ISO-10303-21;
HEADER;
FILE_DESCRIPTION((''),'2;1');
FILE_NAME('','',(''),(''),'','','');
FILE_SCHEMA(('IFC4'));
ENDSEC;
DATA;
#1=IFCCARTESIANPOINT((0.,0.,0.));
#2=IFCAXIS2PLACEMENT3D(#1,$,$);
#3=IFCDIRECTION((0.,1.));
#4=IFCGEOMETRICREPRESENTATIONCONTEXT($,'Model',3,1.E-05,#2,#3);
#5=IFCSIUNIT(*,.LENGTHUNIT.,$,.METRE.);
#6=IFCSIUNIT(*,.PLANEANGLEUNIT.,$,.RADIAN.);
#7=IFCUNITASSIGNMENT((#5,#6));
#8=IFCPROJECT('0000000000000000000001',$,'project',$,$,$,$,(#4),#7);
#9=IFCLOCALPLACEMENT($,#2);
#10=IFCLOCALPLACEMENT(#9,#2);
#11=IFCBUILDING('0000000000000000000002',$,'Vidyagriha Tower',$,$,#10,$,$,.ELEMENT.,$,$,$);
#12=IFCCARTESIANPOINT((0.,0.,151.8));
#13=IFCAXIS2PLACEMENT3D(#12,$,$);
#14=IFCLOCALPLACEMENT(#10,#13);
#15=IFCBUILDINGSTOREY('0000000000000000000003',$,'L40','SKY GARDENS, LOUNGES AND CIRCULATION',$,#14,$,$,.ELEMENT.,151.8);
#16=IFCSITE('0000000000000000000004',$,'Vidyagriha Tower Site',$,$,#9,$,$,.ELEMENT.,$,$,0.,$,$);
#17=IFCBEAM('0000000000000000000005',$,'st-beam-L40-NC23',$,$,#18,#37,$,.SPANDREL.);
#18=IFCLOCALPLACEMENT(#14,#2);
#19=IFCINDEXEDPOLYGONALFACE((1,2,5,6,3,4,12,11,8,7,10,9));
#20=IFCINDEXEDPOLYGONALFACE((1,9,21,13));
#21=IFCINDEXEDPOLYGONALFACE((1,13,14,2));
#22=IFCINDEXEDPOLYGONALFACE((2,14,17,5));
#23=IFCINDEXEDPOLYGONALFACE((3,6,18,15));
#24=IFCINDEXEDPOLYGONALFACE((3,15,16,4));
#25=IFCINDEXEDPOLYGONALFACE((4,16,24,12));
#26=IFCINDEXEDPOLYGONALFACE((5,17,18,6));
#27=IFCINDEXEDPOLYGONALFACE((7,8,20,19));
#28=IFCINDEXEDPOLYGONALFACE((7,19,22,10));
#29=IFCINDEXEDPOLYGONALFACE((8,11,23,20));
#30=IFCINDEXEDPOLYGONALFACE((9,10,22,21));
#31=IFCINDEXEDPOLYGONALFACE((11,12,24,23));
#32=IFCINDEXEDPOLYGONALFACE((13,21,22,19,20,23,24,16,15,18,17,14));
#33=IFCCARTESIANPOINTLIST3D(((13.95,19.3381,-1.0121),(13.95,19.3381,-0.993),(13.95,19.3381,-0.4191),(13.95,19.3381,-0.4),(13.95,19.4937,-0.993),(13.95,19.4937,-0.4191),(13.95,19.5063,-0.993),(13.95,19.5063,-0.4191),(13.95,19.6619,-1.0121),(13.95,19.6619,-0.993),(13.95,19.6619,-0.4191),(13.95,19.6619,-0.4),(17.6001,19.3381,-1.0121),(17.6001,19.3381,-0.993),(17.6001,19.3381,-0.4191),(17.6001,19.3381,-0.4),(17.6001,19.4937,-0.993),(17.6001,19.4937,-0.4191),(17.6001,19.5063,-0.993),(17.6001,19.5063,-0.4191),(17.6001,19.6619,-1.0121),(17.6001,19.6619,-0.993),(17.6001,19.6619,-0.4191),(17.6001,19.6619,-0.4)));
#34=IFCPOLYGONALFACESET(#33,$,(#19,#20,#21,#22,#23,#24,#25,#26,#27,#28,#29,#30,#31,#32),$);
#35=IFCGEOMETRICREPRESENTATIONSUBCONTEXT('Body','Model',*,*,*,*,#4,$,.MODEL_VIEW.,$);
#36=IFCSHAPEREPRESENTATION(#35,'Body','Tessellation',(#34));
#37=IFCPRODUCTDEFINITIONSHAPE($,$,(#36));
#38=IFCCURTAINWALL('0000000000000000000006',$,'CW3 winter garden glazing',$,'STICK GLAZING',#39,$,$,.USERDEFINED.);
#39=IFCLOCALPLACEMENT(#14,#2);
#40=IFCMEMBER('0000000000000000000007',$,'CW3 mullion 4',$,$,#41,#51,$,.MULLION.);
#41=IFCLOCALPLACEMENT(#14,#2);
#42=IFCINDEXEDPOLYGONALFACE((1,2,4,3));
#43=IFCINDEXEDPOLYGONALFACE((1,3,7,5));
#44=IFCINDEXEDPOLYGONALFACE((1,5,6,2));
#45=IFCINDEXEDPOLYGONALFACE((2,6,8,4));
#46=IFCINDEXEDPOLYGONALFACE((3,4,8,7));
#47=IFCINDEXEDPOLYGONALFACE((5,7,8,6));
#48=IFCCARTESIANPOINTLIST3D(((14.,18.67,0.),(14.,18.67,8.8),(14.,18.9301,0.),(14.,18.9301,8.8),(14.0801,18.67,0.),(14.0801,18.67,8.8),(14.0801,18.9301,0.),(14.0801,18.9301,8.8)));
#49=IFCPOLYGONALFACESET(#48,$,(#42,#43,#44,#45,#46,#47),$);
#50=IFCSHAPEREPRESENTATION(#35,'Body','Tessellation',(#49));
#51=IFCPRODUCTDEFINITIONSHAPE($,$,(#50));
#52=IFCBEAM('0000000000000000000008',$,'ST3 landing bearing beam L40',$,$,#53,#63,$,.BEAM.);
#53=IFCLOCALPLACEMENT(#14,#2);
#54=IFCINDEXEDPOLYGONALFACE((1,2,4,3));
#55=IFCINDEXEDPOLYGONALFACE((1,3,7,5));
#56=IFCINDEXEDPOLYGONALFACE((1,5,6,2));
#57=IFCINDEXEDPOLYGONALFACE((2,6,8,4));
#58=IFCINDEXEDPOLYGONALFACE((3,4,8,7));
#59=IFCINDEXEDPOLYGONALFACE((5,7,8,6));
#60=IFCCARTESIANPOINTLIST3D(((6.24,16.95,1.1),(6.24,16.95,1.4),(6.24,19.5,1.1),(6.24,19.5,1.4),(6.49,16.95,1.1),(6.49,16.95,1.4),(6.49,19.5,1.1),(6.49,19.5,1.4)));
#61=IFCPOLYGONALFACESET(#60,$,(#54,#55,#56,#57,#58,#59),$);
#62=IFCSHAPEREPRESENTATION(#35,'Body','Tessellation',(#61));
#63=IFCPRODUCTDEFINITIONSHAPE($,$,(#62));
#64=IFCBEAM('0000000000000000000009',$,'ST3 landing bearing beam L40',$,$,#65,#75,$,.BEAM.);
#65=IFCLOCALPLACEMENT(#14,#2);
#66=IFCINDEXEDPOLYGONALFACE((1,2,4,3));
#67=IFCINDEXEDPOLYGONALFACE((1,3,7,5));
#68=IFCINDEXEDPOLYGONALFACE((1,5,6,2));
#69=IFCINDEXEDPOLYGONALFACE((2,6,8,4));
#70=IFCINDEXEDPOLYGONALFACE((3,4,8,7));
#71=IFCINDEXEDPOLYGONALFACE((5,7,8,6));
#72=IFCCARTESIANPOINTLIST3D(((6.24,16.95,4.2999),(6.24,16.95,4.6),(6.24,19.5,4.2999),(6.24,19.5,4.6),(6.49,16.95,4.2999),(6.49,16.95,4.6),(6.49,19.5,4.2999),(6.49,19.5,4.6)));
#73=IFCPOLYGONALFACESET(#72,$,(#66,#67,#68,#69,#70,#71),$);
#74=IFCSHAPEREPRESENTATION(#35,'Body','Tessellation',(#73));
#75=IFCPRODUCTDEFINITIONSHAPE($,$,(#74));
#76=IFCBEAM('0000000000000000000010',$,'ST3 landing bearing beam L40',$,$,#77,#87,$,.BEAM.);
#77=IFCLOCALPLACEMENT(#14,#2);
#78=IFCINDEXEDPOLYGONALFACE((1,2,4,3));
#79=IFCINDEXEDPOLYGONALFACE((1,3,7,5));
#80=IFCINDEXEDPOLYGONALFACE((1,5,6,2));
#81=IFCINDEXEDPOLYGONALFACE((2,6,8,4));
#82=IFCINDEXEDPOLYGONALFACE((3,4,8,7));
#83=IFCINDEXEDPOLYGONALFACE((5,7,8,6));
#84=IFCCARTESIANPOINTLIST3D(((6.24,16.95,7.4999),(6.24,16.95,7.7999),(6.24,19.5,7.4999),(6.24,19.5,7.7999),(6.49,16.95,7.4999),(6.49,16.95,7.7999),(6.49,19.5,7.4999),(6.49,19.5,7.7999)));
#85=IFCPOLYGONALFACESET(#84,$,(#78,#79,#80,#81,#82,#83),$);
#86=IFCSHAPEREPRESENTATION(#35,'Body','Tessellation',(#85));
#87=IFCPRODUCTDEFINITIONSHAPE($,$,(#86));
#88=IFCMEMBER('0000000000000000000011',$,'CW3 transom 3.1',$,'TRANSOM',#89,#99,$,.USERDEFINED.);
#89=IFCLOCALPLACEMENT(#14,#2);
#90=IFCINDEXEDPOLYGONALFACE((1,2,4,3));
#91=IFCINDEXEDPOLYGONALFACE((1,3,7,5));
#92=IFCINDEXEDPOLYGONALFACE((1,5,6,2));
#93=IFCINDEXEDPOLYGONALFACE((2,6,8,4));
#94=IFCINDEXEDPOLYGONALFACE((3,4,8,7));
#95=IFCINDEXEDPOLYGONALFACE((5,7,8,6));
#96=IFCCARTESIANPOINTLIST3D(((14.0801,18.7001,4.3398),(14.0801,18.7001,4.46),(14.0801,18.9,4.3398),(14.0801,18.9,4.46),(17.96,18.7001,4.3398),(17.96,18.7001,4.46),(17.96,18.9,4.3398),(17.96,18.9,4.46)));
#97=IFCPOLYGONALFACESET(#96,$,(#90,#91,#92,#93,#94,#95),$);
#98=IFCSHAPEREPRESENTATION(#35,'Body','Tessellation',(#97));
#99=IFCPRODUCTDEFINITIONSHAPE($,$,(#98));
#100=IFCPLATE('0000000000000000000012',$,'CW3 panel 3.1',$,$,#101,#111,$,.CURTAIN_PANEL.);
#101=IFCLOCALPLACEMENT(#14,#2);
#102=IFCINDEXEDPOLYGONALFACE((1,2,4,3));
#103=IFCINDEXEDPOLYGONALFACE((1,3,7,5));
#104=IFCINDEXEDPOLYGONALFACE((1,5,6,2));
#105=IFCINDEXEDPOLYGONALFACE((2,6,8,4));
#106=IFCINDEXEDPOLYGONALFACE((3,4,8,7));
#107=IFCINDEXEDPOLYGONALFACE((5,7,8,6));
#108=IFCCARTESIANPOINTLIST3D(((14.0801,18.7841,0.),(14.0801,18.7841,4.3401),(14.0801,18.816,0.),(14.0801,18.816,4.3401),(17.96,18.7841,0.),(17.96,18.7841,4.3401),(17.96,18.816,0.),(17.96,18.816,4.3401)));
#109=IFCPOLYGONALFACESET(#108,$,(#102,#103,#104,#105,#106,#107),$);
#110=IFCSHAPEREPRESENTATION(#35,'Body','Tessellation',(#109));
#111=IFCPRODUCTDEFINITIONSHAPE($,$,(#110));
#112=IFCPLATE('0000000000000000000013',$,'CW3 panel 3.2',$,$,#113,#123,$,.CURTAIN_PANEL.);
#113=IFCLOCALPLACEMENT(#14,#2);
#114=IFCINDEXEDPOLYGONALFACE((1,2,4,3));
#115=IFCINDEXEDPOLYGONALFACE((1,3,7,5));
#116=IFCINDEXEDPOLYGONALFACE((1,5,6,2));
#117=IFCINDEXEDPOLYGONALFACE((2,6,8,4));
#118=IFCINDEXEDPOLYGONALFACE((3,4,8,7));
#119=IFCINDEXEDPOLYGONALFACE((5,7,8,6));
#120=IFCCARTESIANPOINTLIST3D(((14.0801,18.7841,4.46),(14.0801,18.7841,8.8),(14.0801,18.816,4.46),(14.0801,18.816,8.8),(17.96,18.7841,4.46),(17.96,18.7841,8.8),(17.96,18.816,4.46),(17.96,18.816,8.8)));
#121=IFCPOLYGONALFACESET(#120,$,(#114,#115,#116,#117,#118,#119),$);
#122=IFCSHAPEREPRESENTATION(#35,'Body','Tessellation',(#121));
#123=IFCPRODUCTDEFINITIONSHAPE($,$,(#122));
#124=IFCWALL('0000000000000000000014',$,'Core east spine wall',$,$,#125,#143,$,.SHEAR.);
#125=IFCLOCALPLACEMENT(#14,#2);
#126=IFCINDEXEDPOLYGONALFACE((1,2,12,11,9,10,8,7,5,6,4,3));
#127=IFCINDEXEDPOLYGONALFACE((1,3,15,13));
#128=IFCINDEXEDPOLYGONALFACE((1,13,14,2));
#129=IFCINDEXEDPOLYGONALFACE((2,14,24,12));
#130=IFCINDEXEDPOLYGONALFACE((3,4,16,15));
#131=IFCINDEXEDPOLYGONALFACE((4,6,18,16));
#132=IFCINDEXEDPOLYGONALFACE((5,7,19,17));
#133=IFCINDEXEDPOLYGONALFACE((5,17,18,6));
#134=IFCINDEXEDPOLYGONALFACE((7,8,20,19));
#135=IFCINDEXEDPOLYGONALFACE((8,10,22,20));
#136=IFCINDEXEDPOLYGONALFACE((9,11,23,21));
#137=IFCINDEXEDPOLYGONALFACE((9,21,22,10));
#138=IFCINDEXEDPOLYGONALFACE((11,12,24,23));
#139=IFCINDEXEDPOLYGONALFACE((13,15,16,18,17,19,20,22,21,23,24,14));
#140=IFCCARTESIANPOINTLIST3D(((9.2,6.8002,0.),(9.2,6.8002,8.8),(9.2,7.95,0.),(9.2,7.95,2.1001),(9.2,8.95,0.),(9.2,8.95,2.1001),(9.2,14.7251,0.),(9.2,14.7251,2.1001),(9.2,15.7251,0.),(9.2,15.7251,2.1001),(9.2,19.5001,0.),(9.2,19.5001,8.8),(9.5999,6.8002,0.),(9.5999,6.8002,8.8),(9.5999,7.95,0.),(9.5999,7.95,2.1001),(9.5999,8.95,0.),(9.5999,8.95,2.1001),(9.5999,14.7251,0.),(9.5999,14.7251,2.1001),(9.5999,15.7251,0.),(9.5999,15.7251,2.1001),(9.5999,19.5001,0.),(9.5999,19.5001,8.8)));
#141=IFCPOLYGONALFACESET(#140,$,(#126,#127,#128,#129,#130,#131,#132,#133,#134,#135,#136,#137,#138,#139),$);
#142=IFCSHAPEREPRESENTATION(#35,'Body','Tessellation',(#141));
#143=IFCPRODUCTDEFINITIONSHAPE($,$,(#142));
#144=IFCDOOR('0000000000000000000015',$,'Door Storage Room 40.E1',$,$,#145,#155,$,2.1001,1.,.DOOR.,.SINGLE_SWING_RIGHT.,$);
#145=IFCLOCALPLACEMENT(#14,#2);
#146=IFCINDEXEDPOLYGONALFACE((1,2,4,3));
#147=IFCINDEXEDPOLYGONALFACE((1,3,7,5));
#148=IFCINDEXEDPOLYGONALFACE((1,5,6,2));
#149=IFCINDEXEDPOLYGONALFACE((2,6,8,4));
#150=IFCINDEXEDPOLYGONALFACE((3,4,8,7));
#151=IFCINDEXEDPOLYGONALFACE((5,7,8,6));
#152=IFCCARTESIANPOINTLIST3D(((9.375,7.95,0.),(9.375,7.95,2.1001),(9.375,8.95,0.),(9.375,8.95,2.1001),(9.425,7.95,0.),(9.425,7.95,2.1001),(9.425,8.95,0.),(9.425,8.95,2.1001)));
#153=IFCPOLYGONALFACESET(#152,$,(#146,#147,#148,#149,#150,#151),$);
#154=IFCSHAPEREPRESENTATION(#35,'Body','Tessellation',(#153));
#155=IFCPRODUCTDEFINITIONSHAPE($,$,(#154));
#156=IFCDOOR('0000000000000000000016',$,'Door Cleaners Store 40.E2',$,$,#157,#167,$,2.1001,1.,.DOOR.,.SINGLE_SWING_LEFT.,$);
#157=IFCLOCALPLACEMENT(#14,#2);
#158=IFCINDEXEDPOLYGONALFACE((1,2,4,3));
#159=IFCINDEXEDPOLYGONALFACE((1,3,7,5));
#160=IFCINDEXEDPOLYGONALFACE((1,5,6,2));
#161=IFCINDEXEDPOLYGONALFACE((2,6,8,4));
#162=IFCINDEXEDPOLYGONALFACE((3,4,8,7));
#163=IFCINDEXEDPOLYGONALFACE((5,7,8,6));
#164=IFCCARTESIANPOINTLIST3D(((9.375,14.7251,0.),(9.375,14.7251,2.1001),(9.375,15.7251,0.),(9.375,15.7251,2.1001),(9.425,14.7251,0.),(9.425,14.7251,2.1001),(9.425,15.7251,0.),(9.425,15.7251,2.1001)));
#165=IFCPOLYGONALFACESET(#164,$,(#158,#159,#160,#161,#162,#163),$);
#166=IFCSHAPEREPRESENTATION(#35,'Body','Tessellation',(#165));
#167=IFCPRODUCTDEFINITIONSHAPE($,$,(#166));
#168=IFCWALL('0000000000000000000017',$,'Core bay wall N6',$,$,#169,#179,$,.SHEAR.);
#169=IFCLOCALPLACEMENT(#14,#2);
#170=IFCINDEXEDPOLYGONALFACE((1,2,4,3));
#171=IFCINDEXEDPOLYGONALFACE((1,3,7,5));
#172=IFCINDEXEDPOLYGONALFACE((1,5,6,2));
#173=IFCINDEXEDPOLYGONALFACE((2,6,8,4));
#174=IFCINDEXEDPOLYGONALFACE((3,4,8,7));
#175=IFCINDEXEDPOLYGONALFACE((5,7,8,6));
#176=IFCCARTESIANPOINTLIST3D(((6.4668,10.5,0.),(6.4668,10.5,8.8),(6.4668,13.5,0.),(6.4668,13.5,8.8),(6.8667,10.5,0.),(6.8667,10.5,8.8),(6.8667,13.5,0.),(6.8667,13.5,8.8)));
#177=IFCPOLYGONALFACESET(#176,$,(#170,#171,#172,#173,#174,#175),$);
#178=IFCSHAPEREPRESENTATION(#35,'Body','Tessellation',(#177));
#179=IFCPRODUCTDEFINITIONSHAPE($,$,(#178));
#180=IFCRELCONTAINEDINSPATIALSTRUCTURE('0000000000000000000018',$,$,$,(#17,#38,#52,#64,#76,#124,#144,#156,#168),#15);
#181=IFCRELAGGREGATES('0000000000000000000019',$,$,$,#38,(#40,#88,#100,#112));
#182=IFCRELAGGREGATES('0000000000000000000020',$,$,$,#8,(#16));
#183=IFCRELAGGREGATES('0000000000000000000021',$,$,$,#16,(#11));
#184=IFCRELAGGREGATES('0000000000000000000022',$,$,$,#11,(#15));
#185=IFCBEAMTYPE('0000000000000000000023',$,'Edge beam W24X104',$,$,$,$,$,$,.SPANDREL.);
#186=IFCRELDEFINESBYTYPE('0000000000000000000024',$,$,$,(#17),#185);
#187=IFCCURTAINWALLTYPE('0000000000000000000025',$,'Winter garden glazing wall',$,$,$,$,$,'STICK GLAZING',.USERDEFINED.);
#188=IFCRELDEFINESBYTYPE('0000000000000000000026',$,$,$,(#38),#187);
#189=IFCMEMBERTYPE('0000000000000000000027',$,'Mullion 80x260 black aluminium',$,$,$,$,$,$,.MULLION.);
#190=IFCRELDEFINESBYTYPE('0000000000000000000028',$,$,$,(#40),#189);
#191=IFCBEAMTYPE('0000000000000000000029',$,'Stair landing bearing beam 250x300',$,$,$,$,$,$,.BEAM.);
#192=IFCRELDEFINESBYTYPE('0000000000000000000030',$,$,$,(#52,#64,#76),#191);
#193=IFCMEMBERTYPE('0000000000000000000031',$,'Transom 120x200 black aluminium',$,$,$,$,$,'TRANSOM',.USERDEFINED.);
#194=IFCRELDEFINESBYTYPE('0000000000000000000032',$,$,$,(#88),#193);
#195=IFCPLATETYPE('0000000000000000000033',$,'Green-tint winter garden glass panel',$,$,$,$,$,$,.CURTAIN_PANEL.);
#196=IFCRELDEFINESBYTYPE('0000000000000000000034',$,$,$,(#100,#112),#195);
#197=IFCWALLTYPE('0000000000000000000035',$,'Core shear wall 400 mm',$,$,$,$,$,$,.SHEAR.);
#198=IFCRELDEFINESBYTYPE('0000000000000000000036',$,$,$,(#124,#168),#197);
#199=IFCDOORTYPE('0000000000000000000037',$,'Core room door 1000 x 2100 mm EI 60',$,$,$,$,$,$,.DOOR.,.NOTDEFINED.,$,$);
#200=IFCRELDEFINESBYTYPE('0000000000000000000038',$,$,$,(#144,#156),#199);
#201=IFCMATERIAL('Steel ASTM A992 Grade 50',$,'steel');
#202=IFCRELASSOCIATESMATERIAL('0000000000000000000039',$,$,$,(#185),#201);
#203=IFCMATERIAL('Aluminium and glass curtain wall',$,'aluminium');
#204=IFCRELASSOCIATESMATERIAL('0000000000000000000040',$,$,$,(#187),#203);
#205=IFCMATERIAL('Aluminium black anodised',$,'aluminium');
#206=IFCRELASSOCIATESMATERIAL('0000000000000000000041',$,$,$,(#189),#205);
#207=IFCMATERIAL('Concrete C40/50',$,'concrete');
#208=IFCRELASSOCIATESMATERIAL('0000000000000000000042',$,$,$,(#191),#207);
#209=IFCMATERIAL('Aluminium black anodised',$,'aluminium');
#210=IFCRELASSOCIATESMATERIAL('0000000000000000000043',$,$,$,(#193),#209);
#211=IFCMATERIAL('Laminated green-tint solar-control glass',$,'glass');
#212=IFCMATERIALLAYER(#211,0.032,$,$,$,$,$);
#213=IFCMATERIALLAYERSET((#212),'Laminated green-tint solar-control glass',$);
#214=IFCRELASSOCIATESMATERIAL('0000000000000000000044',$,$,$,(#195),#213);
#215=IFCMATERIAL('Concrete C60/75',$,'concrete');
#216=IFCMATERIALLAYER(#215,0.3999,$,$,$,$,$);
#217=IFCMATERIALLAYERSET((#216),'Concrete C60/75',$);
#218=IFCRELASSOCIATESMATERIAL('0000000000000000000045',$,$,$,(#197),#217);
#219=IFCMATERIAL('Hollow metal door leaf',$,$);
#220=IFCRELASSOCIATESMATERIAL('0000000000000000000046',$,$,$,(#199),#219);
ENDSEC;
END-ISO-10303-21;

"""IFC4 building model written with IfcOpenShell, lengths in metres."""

from ifc_helpers import new_model, si_unit, direction, frame, frame_2d, origin, origin_2d, place, context, subcontext, project, spatial, rectangle, i_section, extrude, material, layer, layer_set, material_profile, profile_set, type_object, element, fill, aggregate, save


model = new_model("IFC4")

# Units and contexts
model_context = context("Model", 3, precision=1e-05, world=origin(), true_north=direction((0.0, 1.0)))
body_context = subcontext(model_context, "Body", "Model", "MODEL_VIEW")
ifc_project = project(units=[si_unit("LENGTHUNIT", "METRE"), si_unit("PLANEANGLEUNIT", "RADIAN")], contexts=[model_context])

# Site, building, storey
site_placement = place(None, origin())
site = spatial("IfcSite", under=ifc_project, at=site_placement, Name="Vidyagriha Tower Site", CompositionType="ELEMENT", RefElevation=0.0)
building_placement = place(site_placement, origin())
building = spatial("IfcBuilding", under=site, at=building_placement, Name="Vidyagriha Tower", CompositionType="ELEMENT")
storey_placement = place(building_placement, frame((0.0, 0.0, 151.8)))
storey = spatial("IfcBuildingStorey", under=building, at=storey_placement, Name="L40", Description="SKY GARDENS, LOUNGES AND CIRCULATION", CompositionType="ELEMENT", Elevation=151.8)

# Beam
ifc_material_1 = material(Name="Steel ASTM A992 Grade 50", Category="steel")
ifc_material_profile_1 = material_profile(ifc_material_1, i_section(OverallWidth=0.3237, OverallDepth=0.6121, WebThickness=0.0127, FlangeThickness=0.019, at=origin_2d()), Name="W24X104")
ifc_profile_set_1 = profile_set([ifc_material_profile_1], Name="Steel ASTM A992 Grade 50")
beam_type_1 = type_object("IfcBeamType", Name="Edge beam W24X104", PredefinedType="SPANDREL", material=ifc_profile_set_1)
beam_placement = place(storey_placement, frame((13.95, 19.5, -0.7061), z_axis=(1.0, 0.0, 0.0), x_axis=(0.0, 1.0, 0.0)))
element("IfcBeam", 1, at=beam_placement, inside=storey, type_object=beam_type_1, Name="st-beam-L40-NC23", PredefinedType="SPANDREL", context=body_context, shape_type="SweptSolid", body=[
    extrude(i_section(OverallWidth=0.3237, OverallDepth=0.6121, WebThickness=0.0127, FlangeThickness=0.019, at=origin_2d()), origin(), (0.0, 0.0, 1.0), 3.6501),
])

# Curtain wall, member
ifc_material_2 = material(Name="Aluminium and glass curtain wall", Category="aluminium")
curtain_wall_type = type_object("IfcCurtainWallType", Name="Winter garden glazing wall", ElementType="STICK GLAZING", PredefinedType="USERDEFINED", material=ifc_material_2)
curtain_wall_placement = place(storey_placement, origin())
curtain_wall = element("IfcCurtainWall", 2, at=curtain_wall_placement, inside=storey, type_object=curtain_wall_type, Name="CW3 winter garden glazing", ObjectType="STICK GLAZING", PredefinedType="USERDEFINED")
ifc_material_3 = material(Name="Aluminium black anodised", Category="aluminium")
ifc_material_profile_2 = material_profile(ifc_material_3, rectangle(XDim=0.26, YDim=0.0801, at=origin_2d()), Name="Mullion 80x260 black aluminium")
ifc_profile_set_2 = profile_set([ifc_material_profile_2], Name="Aluminium black anodised")
member_type_1 = type_object("IfcMemberType", Name="Mullion 80x260 black aluminium", PredefinedType="MULLION", material=ifc_profile_set_2)
member_1_placement = place(storey_placement, frame((14.04, 18.8, 0.0), z_axis=(0.0, 0.0, 1.0), x_axis=(0.0, -1.0, 0.0)))
member_1 = element("IfcMember", 3, at=member_1_placement, type_object=member_type_1, Name="CW3 mullion 4", PredefinedType="MULLION", context=body_context, shape_type="SweptSolid", body=[
    extrude(rectangle(XDim=0.26, YDim=0.0801, at=origin_2d()), origin(), (0.0, 0.0, 1.0), 8.8),
])

# Beams
ifc_material_4 = material(Name="Concrete C40/50", Category="concrete")
ifc_material_profile_3 = material_profile(ifc_material_4, rectangle(XDim=0.25, YDim=0.3, at=origin_2d()), Name="Stair landing bearing beam 250x300")
ifc_profile_set_3 = profile_set([ifc_material_profile_3], Name="Concrete C40/50")
beam_type_2 = type_object("IfcBeamType", Name="Stair landing bearing beam 250x300", PredefinedType="BEAM", material=ifc_profile_set_3)
for number, where, z_axis, x_axis, name in (
    (4, (6.365, 16.95, 1.25), (0.0, 1.0, 0.0), (-1.0, 0.0, 0.0), "ST3 landing bearing beam L40"),
    (5, (6.365, 16.95, 4.45), (0.0, 1.0, 0.0), (-1.0, 0.0, 0.0), "ST3 landing bearing beam L40"),
    (6, (6.365, 16.95, 7.6499), (0.0, 1.0, 0.0), (-1.0, 0.0, 0.0), "ST3 landing bearing beam L40"),
):
    element("IfcBeam", number, at=place(storey_placement, frame(where, z_axis=z_axis, x_axis=x_axis)), inside=storey, type_object=beam_type_2, Name=name, PredefinedType="BEAM", context=body_context, shape_type="SweptSolid", body=[
        extrude(rectangle(XDim=0.25, YDim=0.3, at=origin_2d()), origin(), (0.0, 0.0, 1.0), 2.55),
    ])

# Member
ifc_material_5 = material(Name="Aluminium black anodised", Category="aluminium")
ifc_material_profile_4 = material_profile(ifc_material_5, rectangle(XDim=0.2, YDim=0.1201, at=origin_2d()), Name="Transom 120x200 black aluminium")
ifc_profile_set_4 = profile_set([ifc_material_profile_4], Name="Aluminium black anodised")
member_type_2 = type_object("IfcMemberType", Name="Transom 120x200 black aluminium", ElementType="TRANSOM", PredefinedType="USERDEFINED", material=ifc_profile_set_4)
member_2_placement = place(storey_placement, frame((17.96, 18.8, 4.3999), z_axis=(-1.0, 0.0, 0.0), x_axis=(0.0, -1.0, 0.0)))
member_2 = element("IfcMember", 7, at=member_2_placement, type_object=member_type_2, Name="CW3 transom 3.1", ObjectType="TRANSOM", PredefinedType="USERDEFINED", context=body_context, shape_type="SweptSolid", body=[
    extrude(rectangle(XDim=0.2, YDim=0.1201, at=origin_2d()), origin(), (0.0, 0.0, 1.0), 3.8799),
])

# Plates
ifc_material_6 = material(Name="Laminated green-tint solar-control glass", Category="glass")
ifc_layer_1 = layer(ifc_material_6, 0.032)
ifc_layer_set_1 = layer_set([ifc_layer_1], Name="Laminated green-tint solar-control glass")
plate_type = type_object("IfcPlateType", Name="Green-tint winter garden glass panel", PredefinedType="CURTAIN_PANEL", material=ifc_layer_set_1)
plate_1_placement = place(storey_placement, frame((16.02, 18.8, 0.0), z_axis=(0.0, 0.0, 1.0), x_axis=(-1.0, 0.0, 0.0)))
plate_1 = element("IfcPlate", 8, at=plate_1_placement, type_object=plate_type, Name="CW3 panel 3.1", PredefinedType="CURTAIN_PANEL", context=body_context, shape_type="SweptSolid", body=[
    extrude(rectangle(XDim=3.8799, YDim=0.032, at=origin_2d()), origin(), (0.0, 0.0, 1.0), 4.3401),
])
plate_2_placement = place(storey_placement, frame((16.02, 18.8, 4.46), z_axis=(0.0, 0.0, 1.0), x_axis=(-1.0, 0.0, 0.0)))
plate_2 = element("IfcPlate", 9, at=plate_2_placement, type_object=plate_type, Name="CW3 panel 3.2", PredefinedType="CURTAIN_PANEL", context=body_context, shape_type="SweptSolid", body=[
    extrude(rectangle(XDim=3.8799, YDim=0.032, at=origin_2d()), origin(), (0.0, 0.0, 1.0), 4.3401),
])
aggregate(curtain_wall, [member_1, member_2, plate_1, plate_2])

# Wall, openings, doors
ifc_material_7 = material(Name="Concrete C60/75", Category="concrete")
ifc_layer_2 = layer(ifc_material_7, 0.3999)
ifc_layer_set_2 = layer_set([ifc_layer_2], Name="Concrete C60/75")
wall_type_1 = type_object("IfcWallType", Name="Core shear wall 400 mm", PredefinedType="SHEAR", material=ifc_layer_set_2)
wall_1_placement = place(storey_placement, frame((9.3999, 6.8, 0.0), z_axis=(0.0, 0.0, 1.0), x_axis=(0.0, 1.0, 0.0)))
wall_1 = element("IfcWall", 10, at=wall_1_placement, inside=storey, type_object=wall_type_1, Name="Core east spine wall", PredefinedType="SHEAR", context=body_context, shape_type="SweptSolid", body=[
    extrude(rectangle(XDim=12.7, YDim=0.3999, at=frame_2d((6.3501, 0.0))), origin(), (0.0, 0.0, 1.0), 8.8),
])
opening_1_placement = place(wall_1_placement, frame((1.1499, 0.0, 0.0)))
opening_1 = element("IfcOpeningElement", 11, at=opening_1_placement, cuts=wall_1, PredefinedType="OPENING", context=body_context, shape_type="SweptSolid", body=[
    extrude(rectangle(XDim=1.0, YDim=2.1001, at=frame_2d((0.5, 1.05))), frame((0.0, 0.21, 0.0), z_axis=(0.0, -1.0, 0.0), x_axis=(1.0, 0.0, 0.0)), (0.0, 0.0, 1.0), 0.4199),
])
opening_2_placement = place(wall_1_placement, frame((7.925, 0.0, 0.0)))
opening_2 = element("IfcOpeningElement", 12, at=opening_2_placement, cuts=wall_1, PredefinedType="OPENING", context=body_context, shape_type="SweptSolid", body=[
    extrude(rectangle(XDim=1.0, YDim=2.1001, at=frame_2d((0.5, 1.05))), frame((0.0, 0.21, 0.0), z_axis=(0.0, -1.0, 0.0), x_axis=(1.0, 0.0, 0.0)), (0.0, 0.0, 1.0), 0.4199),
])
ifc_material_8 = material(Name="Hollow metal door leaf")
door_type = type_object("IfcDoorType", Name="Core room door 1000 x 2100 mm EI 60", OperationType="NOTDEFINED", PredefinedType="DOOR", material=ifc_material_8)
door_1_placement = place(opening_1_placement, origin())
door_1 = element("IfcDoor", 13, at=door_1_placement, inside=storey, type_object=door_type, Name="Door Storage Room 40.E1", OperationType="SINGLE_SWING_RIGHT", OverallHeight=2.1001, OverallWidth=1.0, PredefinedType="DOOR", context=body_context, shape_type="SweptSolid", body=[
    extrude(rectangle(XDim=1.0, YDim=2.1001, at=frame_2d((0.5, 1.05))), frame((0.0, 0.0249, 0.0), z_axis=(0.0, -1.0, 0.0), x_axis=(1.0, 0.0, 0.0)), (0.0, 0.0, 1.0), 0.05),
])
fill(opening_1, door_1)
door_2_placement = place(opening_2_placement, origin())
door_2 = element("IfcDoor", 14, at=door_2_placement, inside=storey, type_object=door_type, Name="Door Cleaners Store 40.E2", OperationType="SINGLE_SWING_LEFT", OverallHeight=2.1001, OverallWidth=1.0, PredefinedType="DOOR", context=body_context, shape_type="SweptSolid", body=[
    extrude(rectangle(XDim=1.0, YDim=2.1001, at=frame_2d((0.5, 1.05))), frame((0.0, 0.0249, 0.0), z_axis=(0.0, -1.0, 0.0), x_axis=(1.0, 0.0, 0.0)), (0.0, 0.0, 1.0), 0.05),
])
fill(opening_2, door_2)

# Wall
wall_2_placement = place(storey_placement, frame((6.6667, 10.5, 0.0), z_axis=(0.0, 0.0, 1.0), x_axis=(0.0, 1.0, 0.0)))
element("IfcWall", 15, at=wall_2_placement, inside=storey, type_object=wall_type_1, Name="Core bay wall N6", PredefinedType="SHEAR", context=body_context, shape_type="SweptSolid", body=[
    extrude(rectangle(XDim=3.0, YDim=0.3999, at=frame_2d((1.5, 0.0))), origin(), (0.0, 0.0, 1.0), 8.8),
])

save(model, "model.ifc")
